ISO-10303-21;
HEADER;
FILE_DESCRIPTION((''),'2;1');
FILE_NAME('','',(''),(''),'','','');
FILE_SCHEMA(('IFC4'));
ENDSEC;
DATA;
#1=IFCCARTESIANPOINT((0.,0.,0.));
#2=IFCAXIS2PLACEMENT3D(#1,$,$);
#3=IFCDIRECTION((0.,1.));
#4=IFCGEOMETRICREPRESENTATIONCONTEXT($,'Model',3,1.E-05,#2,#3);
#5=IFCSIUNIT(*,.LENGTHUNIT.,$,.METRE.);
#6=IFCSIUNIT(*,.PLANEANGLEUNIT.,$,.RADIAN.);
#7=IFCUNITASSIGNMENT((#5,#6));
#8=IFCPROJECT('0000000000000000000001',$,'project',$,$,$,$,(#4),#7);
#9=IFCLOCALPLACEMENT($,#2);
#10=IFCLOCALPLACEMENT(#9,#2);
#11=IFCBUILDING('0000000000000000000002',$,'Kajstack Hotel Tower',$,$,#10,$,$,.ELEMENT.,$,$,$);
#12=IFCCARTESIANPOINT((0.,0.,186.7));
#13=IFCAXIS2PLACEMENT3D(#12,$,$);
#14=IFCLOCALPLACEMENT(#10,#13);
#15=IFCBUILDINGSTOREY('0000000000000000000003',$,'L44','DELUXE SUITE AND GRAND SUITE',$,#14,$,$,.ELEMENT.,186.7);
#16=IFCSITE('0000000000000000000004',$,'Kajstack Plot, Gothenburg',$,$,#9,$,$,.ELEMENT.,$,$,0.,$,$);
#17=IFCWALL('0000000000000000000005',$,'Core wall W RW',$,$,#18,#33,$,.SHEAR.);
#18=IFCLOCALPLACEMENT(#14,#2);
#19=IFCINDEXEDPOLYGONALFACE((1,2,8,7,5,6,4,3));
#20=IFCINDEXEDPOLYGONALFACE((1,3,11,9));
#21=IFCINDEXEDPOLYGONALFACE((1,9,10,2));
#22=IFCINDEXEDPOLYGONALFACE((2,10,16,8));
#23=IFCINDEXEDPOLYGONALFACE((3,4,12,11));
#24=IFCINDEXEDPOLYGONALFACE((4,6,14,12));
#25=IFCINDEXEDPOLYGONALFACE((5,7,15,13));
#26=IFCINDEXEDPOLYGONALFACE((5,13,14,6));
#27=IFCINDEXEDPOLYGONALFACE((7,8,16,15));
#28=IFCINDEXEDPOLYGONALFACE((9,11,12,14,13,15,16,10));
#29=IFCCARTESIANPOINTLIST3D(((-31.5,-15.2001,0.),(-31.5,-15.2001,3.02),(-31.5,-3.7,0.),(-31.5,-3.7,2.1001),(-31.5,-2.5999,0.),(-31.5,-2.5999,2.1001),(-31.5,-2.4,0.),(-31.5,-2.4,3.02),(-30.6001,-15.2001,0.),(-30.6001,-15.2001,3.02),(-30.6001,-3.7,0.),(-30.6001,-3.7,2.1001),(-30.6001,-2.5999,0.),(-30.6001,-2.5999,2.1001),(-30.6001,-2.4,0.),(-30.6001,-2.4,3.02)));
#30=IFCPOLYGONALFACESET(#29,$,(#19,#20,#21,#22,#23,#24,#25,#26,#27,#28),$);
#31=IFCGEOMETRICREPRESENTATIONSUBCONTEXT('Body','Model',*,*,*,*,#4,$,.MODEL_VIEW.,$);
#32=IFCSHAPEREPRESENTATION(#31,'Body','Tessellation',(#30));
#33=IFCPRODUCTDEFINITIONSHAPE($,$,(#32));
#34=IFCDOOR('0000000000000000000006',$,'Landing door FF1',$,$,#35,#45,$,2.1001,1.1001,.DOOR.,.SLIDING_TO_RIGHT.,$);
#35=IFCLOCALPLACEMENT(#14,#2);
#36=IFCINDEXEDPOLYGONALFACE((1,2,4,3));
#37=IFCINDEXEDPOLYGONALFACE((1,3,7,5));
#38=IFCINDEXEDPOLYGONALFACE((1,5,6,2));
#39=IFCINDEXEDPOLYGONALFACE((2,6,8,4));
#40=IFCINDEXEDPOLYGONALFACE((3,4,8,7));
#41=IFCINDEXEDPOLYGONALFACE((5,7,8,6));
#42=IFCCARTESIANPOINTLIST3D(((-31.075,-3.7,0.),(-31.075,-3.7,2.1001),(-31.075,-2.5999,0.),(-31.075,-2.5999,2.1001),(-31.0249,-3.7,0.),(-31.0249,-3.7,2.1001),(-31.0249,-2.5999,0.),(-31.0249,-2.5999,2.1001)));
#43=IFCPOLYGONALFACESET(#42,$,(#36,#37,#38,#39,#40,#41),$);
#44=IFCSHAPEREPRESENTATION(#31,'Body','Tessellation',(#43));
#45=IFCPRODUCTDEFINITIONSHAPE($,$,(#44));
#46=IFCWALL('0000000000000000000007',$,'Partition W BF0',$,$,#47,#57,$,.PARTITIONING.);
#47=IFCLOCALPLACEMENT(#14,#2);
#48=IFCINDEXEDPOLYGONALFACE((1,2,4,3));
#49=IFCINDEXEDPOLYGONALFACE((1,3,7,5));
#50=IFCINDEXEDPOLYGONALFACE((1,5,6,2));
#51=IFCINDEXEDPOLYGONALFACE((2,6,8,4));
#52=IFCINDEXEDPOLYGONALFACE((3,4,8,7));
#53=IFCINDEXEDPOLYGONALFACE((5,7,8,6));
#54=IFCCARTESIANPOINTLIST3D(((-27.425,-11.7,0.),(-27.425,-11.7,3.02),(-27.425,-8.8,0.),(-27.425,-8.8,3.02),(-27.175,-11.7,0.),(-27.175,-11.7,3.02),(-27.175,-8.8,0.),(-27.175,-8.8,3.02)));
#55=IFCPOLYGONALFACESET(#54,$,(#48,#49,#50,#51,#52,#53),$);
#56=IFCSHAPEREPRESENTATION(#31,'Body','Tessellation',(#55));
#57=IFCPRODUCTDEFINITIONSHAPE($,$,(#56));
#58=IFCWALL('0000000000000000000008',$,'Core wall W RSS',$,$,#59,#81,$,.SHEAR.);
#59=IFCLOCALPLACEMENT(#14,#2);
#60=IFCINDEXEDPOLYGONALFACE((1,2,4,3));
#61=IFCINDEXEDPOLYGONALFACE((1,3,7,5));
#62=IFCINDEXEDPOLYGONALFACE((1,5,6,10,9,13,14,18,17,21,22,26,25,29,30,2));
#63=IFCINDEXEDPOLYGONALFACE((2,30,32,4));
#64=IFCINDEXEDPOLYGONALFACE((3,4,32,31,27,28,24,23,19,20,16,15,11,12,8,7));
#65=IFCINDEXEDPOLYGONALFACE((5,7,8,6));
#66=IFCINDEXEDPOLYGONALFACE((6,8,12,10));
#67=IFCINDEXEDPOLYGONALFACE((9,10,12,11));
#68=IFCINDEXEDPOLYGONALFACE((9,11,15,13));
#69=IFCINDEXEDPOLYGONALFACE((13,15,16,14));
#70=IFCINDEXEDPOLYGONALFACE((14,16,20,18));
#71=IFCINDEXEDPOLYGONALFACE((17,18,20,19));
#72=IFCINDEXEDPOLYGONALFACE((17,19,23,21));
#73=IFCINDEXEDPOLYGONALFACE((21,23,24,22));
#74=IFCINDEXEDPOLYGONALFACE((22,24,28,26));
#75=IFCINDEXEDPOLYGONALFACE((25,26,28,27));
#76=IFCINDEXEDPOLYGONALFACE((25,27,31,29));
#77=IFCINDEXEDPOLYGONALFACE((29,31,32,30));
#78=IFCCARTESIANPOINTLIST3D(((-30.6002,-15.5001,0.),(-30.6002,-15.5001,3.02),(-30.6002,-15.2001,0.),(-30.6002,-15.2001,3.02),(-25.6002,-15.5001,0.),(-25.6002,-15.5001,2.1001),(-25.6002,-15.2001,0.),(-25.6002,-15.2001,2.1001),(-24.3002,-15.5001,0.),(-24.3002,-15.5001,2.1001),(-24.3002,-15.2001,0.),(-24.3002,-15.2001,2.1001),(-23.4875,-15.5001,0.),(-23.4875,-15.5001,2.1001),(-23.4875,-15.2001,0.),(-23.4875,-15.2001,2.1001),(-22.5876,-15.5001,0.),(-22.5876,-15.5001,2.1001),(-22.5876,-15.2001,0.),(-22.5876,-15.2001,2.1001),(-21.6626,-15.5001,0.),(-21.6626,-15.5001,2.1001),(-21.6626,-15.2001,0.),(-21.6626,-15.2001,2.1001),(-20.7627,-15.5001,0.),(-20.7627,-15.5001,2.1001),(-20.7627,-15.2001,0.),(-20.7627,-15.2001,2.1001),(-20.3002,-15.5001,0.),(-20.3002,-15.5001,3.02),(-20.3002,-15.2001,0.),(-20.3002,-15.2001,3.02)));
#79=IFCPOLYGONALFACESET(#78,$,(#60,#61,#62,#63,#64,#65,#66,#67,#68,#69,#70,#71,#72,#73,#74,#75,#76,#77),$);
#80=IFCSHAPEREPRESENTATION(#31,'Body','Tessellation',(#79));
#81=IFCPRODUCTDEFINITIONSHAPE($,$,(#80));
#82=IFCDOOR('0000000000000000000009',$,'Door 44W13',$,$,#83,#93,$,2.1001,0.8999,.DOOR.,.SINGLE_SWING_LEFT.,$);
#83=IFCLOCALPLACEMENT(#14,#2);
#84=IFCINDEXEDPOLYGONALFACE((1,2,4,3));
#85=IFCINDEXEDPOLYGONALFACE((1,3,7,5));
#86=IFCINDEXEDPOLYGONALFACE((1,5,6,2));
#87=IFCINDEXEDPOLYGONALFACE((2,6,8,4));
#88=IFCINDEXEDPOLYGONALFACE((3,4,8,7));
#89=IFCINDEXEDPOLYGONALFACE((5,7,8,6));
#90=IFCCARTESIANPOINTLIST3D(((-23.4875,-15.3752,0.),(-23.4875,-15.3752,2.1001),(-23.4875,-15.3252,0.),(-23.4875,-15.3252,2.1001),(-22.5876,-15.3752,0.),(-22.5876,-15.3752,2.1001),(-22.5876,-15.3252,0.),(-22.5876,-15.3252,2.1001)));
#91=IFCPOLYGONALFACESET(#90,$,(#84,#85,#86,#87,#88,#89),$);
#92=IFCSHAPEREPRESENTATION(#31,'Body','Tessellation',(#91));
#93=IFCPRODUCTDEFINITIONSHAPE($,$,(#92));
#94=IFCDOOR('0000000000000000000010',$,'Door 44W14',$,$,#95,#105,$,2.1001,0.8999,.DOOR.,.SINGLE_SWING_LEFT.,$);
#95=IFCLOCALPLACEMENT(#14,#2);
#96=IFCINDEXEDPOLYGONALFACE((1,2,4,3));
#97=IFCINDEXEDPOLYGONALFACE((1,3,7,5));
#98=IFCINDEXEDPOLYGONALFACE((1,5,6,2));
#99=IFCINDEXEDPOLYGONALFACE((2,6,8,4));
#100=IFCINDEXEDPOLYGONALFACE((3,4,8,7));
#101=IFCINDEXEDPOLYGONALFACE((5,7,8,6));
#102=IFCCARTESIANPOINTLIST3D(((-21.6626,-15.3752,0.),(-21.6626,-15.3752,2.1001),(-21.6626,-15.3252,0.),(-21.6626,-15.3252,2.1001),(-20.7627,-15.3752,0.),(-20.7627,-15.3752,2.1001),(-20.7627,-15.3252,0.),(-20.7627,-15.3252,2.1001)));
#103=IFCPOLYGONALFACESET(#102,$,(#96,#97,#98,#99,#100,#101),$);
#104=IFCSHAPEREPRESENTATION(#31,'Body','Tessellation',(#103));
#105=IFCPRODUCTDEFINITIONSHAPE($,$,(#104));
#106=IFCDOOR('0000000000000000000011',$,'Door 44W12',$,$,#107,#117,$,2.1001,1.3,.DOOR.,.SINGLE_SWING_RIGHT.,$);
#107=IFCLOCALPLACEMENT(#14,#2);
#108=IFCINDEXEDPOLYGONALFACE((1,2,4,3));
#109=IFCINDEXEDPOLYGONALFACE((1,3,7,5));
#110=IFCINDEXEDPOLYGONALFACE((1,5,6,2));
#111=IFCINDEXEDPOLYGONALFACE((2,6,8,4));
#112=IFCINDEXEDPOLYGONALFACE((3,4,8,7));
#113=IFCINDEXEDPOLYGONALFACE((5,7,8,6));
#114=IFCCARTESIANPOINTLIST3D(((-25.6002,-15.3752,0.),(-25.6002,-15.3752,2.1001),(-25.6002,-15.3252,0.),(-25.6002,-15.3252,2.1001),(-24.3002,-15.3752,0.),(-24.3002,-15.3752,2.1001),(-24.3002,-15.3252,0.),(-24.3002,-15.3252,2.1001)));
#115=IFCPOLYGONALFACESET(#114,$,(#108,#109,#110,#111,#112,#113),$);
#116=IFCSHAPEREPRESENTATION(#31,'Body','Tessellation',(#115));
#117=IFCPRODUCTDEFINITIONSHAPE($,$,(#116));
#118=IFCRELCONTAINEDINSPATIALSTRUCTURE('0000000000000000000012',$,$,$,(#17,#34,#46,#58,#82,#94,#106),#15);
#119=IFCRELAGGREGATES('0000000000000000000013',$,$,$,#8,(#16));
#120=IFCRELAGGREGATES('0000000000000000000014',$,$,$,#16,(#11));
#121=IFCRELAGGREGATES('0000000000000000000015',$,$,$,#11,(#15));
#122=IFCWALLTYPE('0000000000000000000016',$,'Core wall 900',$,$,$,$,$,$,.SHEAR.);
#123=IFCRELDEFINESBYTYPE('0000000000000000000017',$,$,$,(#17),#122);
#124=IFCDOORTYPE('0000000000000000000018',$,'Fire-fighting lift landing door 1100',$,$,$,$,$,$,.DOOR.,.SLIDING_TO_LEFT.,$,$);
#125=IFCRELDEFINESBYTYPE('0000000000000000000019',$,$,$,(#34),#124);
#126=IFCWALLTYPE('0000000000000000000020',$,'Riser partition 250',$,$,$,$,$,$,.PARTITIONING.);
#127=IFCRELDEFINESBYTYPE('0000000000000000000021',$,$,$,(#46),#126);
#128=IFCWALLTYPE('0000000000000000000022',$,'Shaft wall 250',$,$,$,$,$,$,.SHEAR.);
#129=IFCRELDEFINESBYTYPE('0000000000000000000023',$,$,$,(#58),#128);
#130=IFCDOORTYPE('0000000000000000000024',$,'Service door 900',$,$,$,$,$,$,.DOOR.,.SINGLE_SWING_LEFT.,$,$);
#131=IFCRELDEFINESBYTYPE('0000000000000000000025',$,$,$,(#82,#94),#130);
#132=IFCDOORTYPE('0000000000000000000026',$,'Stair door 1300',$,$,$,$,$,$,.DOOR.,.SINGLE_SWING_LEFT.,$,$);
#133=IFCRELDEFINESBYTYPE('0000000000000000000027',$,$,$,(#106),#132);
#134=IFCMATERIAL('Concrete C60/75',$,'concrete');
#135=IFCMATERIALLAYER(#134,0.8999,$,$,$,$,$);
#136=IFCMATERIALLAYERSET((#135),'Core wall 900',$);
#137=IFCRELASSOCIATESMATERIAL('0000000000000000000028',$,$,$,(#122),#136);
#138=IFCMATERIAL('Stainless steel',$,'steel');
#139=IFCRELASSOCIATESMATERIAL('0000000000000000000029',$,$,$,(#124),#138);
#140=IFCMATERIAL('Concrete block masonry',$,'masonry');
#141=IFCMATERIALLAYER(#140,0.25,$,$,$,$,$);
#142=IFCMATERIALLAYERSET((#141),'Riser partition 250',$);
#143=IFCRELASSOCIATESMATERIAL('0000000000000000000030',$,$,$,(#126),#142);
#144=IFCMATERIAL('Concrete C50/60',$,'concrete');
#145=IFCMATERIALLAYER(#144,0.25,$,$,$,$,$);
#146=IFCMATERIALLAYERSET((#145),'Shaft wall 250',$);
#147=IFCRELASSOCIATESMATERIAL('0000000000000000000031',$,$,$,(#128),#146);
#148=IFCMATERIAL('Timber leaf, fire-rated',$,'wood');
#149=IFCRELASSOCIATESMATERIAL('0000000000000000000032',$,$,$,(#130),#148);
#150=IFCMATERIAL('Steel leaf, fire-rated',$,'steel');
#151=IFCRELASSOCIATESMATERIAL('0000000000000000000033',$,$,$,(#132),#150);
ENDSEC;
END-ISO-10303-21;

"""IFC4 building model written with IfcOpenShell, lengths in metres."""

from ifc_helpers import new_model, si_unit, direction, frame, frame_2d, origin, place, context, subcontext, project, spatial, rectangle, extrude, material, layer, layer_set, type_object, element, fill, save


model = new_model("IFC4")

# Units and contexts
model_context = context("Model", 3, precision=1e-05, world=origin(), true_north=direction((0.0, 1.0)))
body_context = subcontext(model_context, "Body", "Model", "MODEL_VIEW")
ifc_project = project(units=[si_unit("LENGTHUNIT", "METRE"), si_unit("PLANEANGLEUNIT", "RADIAN")], contexts=[model_context])

# Site, building, storey
site_placement = place(None, origin())
site = spatial("IfcSite", under=ifc_project, at=site_placement, Name="Kajstack Plot, Gothenburg", CompositionType="ELEMENT", RefElevation=0.0)
building_placement = place(site_placement, origin())
building = spatial("IfcBuilding", under=site, at=building_placement, Name="Kajstack Hotel Tower", CompositionType="ELEMENT")
storey_placement = place(building_placement, frame((0.0, 0.0, 186.7)))
storey = spatial("IfcBuildingStorey", under=building, at=storey_placement, Name="L44", Description="DELUXE SUITE AND GRAND SUITE", CompositionType="ELEMENT", Elevation=186.7)

# Wall, opening, door
ifc_material_1 = material(Name="Concrete C60/75", Category="concrete")
ifc_layer_1 = layer(ifc_material_1, 0.8999)
ifc_layer_set_1 = layer_set([ifc_layer_1], Name="Core wall 900")
wall_type_1 = type_object("IfcWallType", Name="Core wall 900", PredefinedType="SHEAR", material=ifc_layer_set_1)
wall_1_placement = place(storey_placement, frame((-31.05, -15.2, 0.0), z_axis=(0.0, 0.0, 1.0), x_axis=(0.0, 1.0, 0.0)))
wall_1 = element("IfcWall", 1, at=wall_1_placement, inside=storey, type_object=wall_type_1, Name="Core wall W RW", PredefinedType="SHEAR", context=body_context, shape_type="SweptSolid", body=[
    extrude(rectangle(XDim=12.8, YDim=0.8999, at=frame_2d((6.3999, 0.0))), origin(), (0.0, 0.0, 1.0), 3.02),
])
opening_1_placement = place(wall_1_placement, frame((11.5, 0.0, 0.0)))
opening_1 = element("IfcOpeningElement", 2, at=opening_1_placement, cuts=wall_1, PredefinedType="OPENING", context=body_context, shape_type="SweptSolid", body=[
    extrude(rectangle(XDim=1.1001, YDim=2.1001, at=frame_2d((0.55, 1.05))), frame((0.0, 0.46, 0.0), z_axis=(0.0, -1.0, 0.0), x_axis=(1.0, 0.0, 0.0)), (0.0, 0.0, 1.0), 0.9199),
])
ifc_material_2 = material(Name="Stainless steel", Category="steel")
door_type_1 = type_object("IfcDoorType", Name="Fire-fighting lift landing door 1100", OperationType="SLIDING_TO_LEFT", PredefinedType="DOOR", material=ifc_material_2)
door_1_placement = place(opening_1_placement, origin())
door_1 = element("IfcDoor", 3, at=door_1_placement, inside=storey, type_object=door_type_1, Name="Landing door FF1", OperationType="SLIDING_TO_RIGHT", OverallHeight=2.1001, OverallWidth=1.1001, PredefinedType="DOOR", context=body_context, shape_type="SweptSolid", body=[
    extrude(rectangle(XDim=1.1001, YDim=2.1001, at=frame_2d((0.55, 1.05))), frame((0.0, 0.0249, 0.0), z_axis=(0.0, -1.0, 0.0), x_axis=(1.0, 0.0, 0.0)), (0.0, 0.0, 1.0), 0.05),
])
fill(opening_1, door_1)

# Wall
ifc_material_3 = material(Name="Concrete block masonry", Category="masonry")
ifc_layer_2 = layer(ifc_material_3, 0.25)
ifc_layer_set_2 = layer_set([ifc_layer_2], Name="Riser partition 250")
wall_type_2 = type_object("IfcWallType", Name="Riser partition 250", PredefinedType="PARTITIONING", material=ifc_layer_set_2)
wall_2_placement = place(storey_placement, frame((-27.3, -11.7, 0.0), z_axis=(0.0, 0.0, 1.0), x_axis=(0.0, 1.0, 0.0)))
element("IfcWall", 4, at=wall_2_placement, inside=storey, type_object=wall_type_2, Name="Partition W BF0", PredefinedType="PARTITIONING", context=body_context, shape_type="SweptSolid", body=[
    extrude(rectangle(XDim=2.8999, YDim=0.25, at=frame_2d((1.45, 0.0))), origin(), (0.0, 0.0, 1.0), 3.02),
])

# Wall, openings, doors
ifc_material_4 = material(Name="Concrete C50/60", Category="concrete")
ifc_layer_3 = layer(ifc_material_4, 0.25)
ifc_layer_set_3 = layer_set([ifc_layer_3], Name="Shaft wall 250")
wall_type_3 = type_object("IfcWallType", Name="Shaft wall 250", PredefinedType="SHEAR", material=ifc_layer_set_3)
wall_3_placement = place(storey_placement, frame((-30.6001, -15.3501, 0.0), z_axis=(0.0, 0.0, 1.0), x_axis=(1.0, 0.0, 0.0)))
wall_3 = element("IfcWall", 5, at=wall_3_placement, inside=storey, type_object=wall_type_3, Name="Core wall W RSS", PredefinedType="SHEAR", context=body_context, shape_type="SweptSolid", body=[
    extrude(rectangle(XDim=10.3, YDim=0.3, at=frame_2d((5.1499, 0.0))), origin(), (0.0, 0.0, 1.0), 3.02),
])
opening_2_placement = place(wall_3_placement, frame((5.0, 0.0, 0.0)))
opening_2 = element("IfcOpeningElement", 6, at=opening_2_placement, cuts=wall_3, PredefinedType="OPENING", context=body_context, shape_type="SweptSolid", body=[
    extrude(rectangle(XDim=1.3, YDim=2.1001, at=frame_2d((0.6499, 1.05))), frame((0.0, 0.1599, 0.0), z_axis=(0.0, -1.0, 0.0), x_axis=(1.0, 0.0, 0.0)), (0.0, 0.0, 1.0), 0.3201),
])
opening_3_placement = place(wall_3_placement, frame((7.1125, 0.0, 0.0)))
opening_3 = element("IfcOpeningElement", 7, at=opening_3_placement, cuts=wall_3, PredefinedType="OPENING", context=body_context, shape_type="SweptSolid", body=[
    extrude(rectangle(XDim=0.8999, YDim=2.1001, at=frame_2d((0.45, 1.05))), frame((0.0, 0.1599, 0.0), z_axis=(0.0, -1.0, 0.0), x_axis=(1.0, 0.0, 0.0)), (0.0, 0.0, 1.0), 0.3201),
])
opening_4_placement = place(wall_3_placement, frame((8.9375, 0.0, 0.0)))
opening_4 = element("IfcOpeningElement", 8, at=opening_4_placement, cuts=wall_3, PredefinedType="OPENING", context=body_context, shape_type="SweptSolid", body=[
    extrude(rectangle(XDim=0.8999, YDim=2.1001, at=frame_2d((0.45, 1.05))), frame((0.0, 0.1599, 0.0), z_axis=(0.0, -1.0, 0.0), x_axis=(1.0, 0.0, 0.0)), (0.0, 0.0, 1.0), 0.3201),
])
ifc_material_5 = material(Name="Timber leaf, fire-rated", Category="wood")
door_type_2 = type_object("IfcDoorType", Name="Service door 900", OperationType="SINGLE_SWING_LEFT", PredefinedType="DOOR", material=ifc_material_5)
door_2_placement = place(opening_3_placement, origin())
door_2 = element("IfcDoor", 9, at=door_2_placement, inside=storey, type_object=door_type_2, Name="Door 44W13", OperationType="SINGLE_SWING_LEFT", OverallHeight=2.1001, OverallWidth=0.8999, PredefinedType="DOOR", context=body_context, shape_type="SweptSolid", body=[
    extrude(rectangle(XDim=0.8999, YDim=2.1001, at=frame_2d((0.45, 1.05))), frame((0.0, 0.0249, 0.0), z_axis=(0.0, -1.0, 0.0), x_axis=(1.0, 0.0, 0.0)), (0.0, 0.0, 1.0), 0.05),
])
fill(opening_3, door_2)
door_3_placement = place(opening_4_placement, origin())
door_3 = element("IfcDoor", 10, at=door_3_placement, inside=storey, type_object=door_type_2, Name="Door 44W14", OperationType="SINGLE_SWING_LEFT", OverallHeight=2.1001, OverallWidth=0.8999, PredefinedType="DOOR", context=body_context, shape_type="SweptSolid", body=[
    extrude(rectangle(XDim=0.8999, YDim=2.1001, at=frame_2d((0.45, 1.05))), frame((0.0, 0.0249, 0.0), z_axis=(0.0, -1.0, 0.0), x_axis=(1.0, 0.0, 0.0)), (0.0, 0.0, 1.0), 0.05),
])
fill(opening_4, door_3)
ifc_material_6 = material(Name="Steel leaf, fire-rated", Category="steel")
door_type_3 = type_object("IfcDoorType", Name="Stair door 1300", OperationType="SINGLE_SWING_LEFT", PredefinedType="DOOR", material=ifc_material_6)
door_4_placement = place(opening_2_placement, origin())
door_4 = element("IfcDoor", 11, at=door_4_placement, inside=storey, type_object=door_type_3, Name="Door 44W12", OperationType="SINGLE_SWING_RIGHT", OverallHeight=2.1001, OverallWidth=1.3, PredefinedType="DOOR", context=body_context, shape_type="SweptSolid", body=[
    extrude(rectangle(XDim=1.3, YDim=2.1001, at=frame_2d((0.6499, 1.05))), frame((0.0, 0.0249, 0.0), z_axis=(0.0, -1.0, 0.0), x_axis=(1.0, 0.0, 0.0)), (0.0, 0.0, 1.0), 0.05),
])
fill(opening_2, door_4)

save(model, "model.ifc")
